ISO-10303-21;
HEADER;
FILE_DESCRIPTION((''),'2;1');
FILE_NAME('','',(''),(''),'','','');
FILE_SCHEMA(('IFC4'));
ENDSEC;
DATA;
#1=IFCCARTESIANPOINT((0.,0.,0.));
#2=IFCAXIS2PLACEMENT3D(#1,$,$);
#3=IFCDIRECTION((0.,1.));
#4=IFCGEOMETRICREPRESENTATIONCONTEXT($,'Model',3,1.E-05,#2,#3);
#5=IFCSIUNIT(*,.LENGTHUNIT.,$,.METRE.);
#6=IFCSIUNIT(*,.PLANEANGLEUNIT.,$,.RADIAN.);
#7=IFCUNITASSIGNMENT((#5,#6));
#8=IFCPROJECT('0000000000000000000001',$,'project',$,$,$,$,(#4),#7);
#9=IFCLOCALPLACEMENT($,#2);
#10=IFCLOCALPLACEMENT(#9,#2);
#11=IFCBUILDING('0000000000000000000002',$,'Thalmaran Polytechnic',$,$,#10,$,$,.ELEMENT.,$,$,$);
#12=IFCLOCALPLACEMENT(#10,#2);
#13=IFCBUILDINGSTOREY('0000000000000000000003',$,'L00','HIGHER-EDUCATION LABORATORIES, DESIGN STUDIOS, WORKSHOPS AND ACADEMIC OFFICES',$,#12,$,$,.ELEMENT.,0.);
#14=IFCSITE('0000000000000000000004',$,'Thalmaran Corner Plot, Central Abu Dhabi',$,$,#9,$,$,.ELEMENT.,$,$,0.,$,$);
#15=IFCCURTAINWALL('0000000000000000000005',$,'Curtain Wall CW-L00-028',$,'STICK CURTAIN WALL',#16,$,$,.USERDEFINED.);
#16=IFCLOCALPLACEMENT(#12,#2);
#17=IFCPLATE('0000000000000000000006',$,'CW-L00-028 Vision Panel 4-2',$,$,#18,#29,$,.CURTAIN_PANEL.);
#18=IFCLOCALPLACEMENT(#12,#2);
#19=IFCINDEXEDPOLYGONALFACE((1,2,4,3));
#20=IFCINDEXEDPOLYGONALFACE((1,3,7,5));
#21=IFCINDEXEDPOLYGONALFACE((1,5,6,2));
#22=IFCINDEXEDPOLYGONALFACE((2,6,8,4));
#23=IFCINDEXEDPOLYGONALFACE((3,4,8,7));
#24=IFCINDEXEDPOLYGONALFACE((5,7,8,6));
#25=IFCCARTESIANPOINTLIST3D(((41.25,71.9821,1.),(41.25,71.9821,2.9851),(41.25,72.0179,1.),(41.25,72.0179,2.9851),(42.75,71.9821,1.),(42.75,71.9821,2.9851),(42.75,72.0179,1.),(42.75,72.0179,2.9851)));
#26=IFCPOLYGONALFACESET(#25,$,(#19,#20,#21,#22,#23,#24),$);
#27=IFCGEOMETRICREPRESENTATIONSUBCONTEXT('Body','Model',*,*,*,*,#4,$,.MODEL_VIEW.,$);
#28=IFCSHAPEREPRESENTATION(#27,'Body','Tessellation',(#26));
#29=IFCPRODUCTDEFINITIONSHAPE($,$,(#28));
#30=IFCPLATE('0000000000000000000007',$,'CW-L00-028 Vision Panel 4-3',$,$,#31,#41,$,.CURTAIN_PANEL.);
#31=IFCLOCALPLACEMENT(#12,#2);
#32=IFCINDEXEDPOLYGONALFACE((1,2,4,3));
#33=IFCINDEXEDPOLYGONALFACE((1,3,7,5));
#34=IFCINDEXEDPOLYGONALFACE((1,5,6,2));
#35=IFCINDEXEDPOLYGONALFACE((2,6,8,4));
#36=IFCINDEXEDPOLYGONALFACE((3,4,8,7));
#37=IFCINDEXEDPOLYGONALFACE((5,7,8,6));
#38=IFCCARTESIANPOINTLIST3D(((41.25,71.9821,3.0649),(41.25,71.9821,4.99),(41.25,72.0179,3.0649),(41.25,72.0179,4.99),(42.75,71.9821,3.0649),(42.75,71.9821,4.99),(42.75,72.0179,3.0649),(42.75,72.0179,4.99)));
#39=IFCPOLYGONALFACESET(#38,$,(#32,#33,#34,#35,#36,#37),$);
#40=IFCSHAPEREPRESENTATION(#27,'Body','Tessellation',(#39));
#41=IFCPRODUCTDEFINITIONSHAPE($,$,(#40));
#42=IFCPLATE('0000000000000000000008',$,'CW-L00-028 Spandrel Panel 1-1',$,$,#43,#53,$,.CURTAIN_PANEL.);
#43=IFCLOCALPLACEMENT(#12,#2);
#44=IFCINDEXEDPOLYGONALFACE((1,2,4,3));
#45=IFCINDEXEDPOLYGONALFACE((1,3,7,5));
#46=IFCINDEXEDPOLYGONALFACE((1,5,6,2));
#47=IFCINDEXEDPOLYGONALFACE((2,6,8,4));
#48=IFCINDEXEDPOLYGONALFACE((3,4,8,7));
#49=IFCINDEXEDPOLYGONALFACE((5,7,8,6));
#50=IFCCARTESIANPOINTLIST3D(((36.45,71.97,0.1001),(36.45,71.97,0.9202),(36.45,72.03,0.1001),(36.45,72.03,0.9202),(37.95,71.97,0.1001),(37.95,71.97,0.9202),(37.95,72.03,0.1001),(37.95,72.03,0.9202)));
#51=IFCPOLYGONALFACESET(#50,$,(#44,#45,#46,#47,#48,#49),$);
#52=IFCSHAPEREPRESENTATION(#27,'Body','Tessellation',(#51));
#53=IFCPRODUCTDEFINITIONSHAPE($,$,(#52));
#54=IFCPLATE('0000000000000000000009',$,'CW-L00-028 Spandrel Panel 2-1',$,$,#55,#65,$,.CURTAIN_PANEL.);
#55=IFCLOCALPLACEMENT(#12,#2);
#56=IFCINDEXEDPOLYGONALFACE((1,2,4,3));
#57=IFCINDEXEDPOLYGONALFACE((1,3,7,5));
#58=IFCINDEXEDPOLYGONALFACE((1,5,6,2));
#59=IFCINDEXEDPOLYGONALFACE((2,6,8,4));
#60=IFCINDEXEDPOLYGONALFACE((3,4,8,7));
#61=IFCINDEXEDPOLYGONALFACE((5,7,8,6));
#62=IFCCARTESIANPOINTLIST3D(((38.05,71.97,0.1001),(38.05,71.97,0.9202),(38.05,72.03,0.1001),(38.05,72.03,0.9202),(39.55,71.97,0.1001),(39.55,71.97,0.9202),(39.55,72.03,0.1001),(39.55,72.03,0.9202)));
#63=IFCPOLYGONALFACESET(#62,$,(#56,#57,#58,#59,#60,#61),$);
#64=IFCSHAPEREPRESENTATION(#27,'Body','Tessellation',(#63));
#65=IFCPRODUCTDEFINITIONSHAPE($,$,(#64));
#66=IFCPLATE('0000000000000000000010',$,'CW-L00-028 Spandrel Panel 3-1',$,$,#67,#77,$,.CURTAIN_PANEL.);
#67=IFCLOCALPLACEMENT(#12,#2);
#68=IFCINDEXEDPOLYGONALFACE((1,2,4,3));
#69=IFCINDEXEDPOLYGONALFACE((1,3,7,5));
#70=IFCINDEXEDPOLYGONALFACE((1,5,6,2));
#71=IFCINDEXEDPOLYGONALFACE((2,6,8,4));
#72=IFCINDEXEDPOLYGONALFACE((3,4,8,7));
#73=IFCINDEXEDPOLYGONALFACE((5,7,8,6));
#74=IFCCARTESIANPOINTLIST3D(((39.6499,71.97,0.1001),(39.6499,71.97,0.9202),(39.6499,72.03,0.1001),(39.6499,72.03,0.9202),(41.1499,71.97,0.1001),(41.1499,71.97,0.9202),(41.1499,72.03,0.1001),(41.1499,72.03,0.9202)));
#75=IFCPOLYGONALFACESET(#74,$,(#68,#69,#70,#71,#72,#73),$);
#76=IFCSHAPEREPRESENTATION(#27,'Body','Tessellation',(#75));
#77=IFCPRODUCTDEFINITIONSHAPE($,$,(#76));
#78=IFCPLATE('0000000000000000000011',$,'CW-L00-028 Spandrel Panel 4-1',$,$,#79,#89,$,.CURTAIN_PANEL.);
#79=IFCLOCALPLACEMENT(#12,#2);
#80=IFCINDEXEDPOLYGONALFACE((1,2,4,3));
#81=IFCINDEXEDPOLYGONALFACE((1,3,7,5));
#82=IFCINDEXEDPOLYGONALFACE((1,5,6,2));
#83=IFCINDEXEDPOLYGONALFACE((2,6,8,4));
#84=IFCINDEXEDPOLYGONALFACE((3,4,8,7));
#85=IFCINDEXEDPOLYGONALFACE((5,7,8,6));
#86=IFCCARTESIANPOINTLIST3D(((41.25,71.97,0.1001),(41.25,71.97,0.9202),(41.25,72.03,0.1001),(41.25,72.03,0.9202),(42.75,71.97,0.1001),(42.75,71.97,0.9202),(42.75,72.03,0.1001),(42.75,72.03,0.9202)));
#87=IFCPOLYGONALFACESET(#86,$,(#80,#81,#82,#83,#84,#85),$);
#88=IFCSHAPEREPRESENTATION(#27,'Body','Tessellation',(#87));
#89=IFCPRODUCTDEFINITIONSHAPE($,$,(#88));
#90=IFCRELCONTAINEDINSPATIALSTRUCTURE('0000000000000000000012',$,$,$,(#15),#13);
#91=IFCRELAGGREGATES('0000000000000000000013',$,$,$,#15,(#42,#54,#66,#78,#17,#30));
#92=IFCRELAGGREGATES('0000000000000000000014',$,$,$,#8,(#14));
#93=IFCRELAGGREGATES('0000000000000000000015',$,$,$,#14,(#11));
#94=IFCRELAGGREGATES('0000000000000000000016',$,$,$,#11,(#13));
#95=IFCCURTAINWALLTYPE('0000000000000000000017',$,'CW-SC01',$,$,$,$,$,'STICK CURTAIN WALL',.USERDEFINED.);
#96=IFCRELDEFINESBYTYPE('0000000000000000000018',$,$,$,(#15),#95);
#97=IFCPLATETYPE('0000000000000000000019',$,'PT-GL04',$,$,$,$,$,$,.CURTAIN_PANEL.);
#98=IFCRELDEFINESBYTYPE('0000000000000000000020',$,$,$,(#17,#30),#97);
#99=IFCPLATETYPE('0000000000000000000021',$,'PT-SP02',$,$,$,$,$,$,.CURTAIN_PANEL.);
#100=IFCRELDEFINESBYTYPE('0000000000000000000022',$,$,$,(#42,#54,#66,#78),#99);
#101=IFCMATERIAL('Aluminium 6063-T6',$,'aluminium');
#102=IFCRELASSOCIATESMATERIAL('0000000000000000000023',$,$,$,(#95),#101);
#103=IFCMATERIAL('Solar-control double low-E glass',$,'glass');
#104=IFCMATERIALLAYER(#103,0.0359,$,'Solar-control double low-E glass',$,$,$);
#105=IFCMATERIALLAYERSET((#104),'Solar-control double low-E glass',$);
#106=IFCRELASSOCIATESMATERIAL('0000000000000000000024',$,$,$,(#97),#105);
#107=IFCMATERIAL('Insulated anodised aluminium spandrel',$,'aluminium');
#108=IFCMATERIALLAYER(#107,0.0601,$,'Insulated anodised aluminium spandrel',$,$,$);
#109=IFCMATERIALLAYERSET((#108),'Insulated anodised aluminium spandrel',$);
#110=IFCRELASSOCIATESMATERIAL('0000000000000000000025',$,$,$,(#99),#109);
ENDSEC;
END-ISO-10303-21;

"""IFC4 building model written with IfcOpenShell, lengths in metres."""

from ifc_helpers import new_model, si_unit, direction, frame, origin, origin_2d, place, context, subcontext, project, spatial, rectangle, extrude, material, layer, layer_set, type_object, element, aggregate, save


model = new_model("IFC4")

# Units and contexts
model_context = context("Model", 3, precision=1e-05, world=origin(), true_north=direction((0.0, 1.0)))
body_context = subcontext(model_context, "Body", "Model", "MODEL_VIEW")
ifc_project = project(units=[si_unit("LENGTHUNIT", "METRE"), si_unit("PLANEANGLEUNIT", "RADIAN")], contexts=[model_context])

# Site, building, storey
site_placement = place(None, origin())
site = spatial("IfcSite", under=ifc_project, at=site_placement, Name="Thalmaran Corner Plot, Central Abu Dhabi", CompositionType="ELEMENT", RefElevation=0.0)
building_placement = place(site_placement, origin())
building = spatial("IfcBuilding", under=site, at=building_placement, Name="Thalmaran Polytechnic", CompositionType="ELEMENT")
storey_placement = place(building_placement, origin())
storey = spatial("IfcBuildingStorey", under=building, at=storey_placement, Name="L00", Description="HIGHER-EDUCATION LABORATORIES, DESIGN STUDIOS, WORKSHOPS AND ACADEMIC OFFICES", CompositionType="ELEMENT", Elevation=0.0)

# Curtain wall, plates
ifc_material_1 = material(Name="Aluminium 6063-T6", Category="aluminium")
curtain_wall_type = type_object("IfcCurtainWallType", Name="CW-SC01", ElementType="STICK CURTAIN WALL", PredefinedType="USERDEFINED", material=ifc_material_1)
curtain_wall_placement = place(storey_placement, origin())
curtain_wall = element("IfcCurtainWall", 1, at=curtain_wall_placement, inside=storey, type_object=curtain_wall_type, Name="Curtain Wall CW-L00-028", ObjectType="STICK CURTAIN WALL", PredefinedType="USERDEFINED")
ifc_material_2 = material(Name="Solar-control double low-E glass", Category="glass")
ifc_layer_1 = layer(ifc_material_2, 0.0359, Name="Solar-control double low-E glass")
ifc_layer_set_1 = layer_set([ifc_layer_1], Name="Solar-control double low-E glass")
plate_type_1 = type_object("IfcPlateType", Name="PT-GL04", PredefinedType="CURTAIN_PANEL", material=ifc_layer_set_1)
plate_1_placement = place(storey_placement, frame((42.0, 72.0, 1.0), z_axis=(0.0, 0.0, 1.0), x_axis=(1.0, 0.0, 0.0)))
plate_1 = element("IfcPlate", 2, at=plate_1_placement, type_object=plate_type_1, Name="CW-L00-028 Vision Panel 4-2", PredefinedType="CURTAIN_PANEL", context=body_context, shape_type="SweptSolid", body=[
    extrude(rectangle(XDim=1.5, YDim=0.0359, at=origin_2d()), origin(), (0.0, 0.0, 1.0), 1.9851),
])
plate_2_placement = place(storey_placement, frame((42.0, 72.0, 3.0649), z_axis=(0.0, 0.0, 1.0), x_axis=(1.0, 0.0, 0.0)))
plate_2 = element("IfcPlate", 3, at=plate_2_placement, type_object=plate_type_1, Name="CW-L00-028 Vision Panel 4-3", PredefinedType="CURTAIN_PANEL", context=body_context, shape_type="SweptSolid", body=[
    extrude(rectangle(XDim=1.5, YDim=0.0359, at=origin_2d()), origin(), (0.0, 0.0, 1.0), 1.925),
])
ifc_material_3 = material(Name="Insulated anodised aluminium spandrel", Category="aluminium")
ifc_layer_2 = layer(ifc_material_3, 0.0601, Name="Insulated anodised aluminium spandrel")
ifc_layer_set_2 = layer_set([ifc_layer_2], Name="Insulated anodised aluminium spandrel")
plate_type_2 = type_object("IfcPlateType", Name="PT-SP02", PredefinedType="CURTAIN_PANEL", material=ifc_layer_set_2)
plate_3_placement = place(storey_placement, frame((37.2, 72.0, 0.1001), z_axis=(0.0, 0.0, 1.0), x_axis=(1.0, 0.0, 0.0)))
plate_3 = element("IfcPlate", 4, at=plate_3_placement, type_object=plate_type_2, Name="CW-L00-028 Spandrel Panel 1-1", PredefinedType="CURTAIN_PANEL", context=body_context, shape_type="SweptSolid", body=[
    extrude(rectangle(XDim=1.5, YDim=0.0601, at=origin_2d()), origin(), (0.0, 0.0, 1.0), 0.8201),
])
plate_4_placement = place(storey_placement, frame((38.8, 72.0, 0.1001), z_axis=(0.0, 0.0, 1.0), x_axis=(1.0, 0.0, 0.0)))
plate_4 = element("IfcPlate", 5, at=plate_4_placement, type_object=plate_type_2, Name="CW-L00-028 Spandrel Panel 2-1", PredefinedType="CURTAIN_PANEL", context=body_context, shape_type="SweptSolid", body=[
    extrude(rectangle(XDim=1.5, YDim=0.0601, at=origin_2d()), origin(), (0.0, 0.0, 1.0), 0.8201),
])
plate_5_placement = place(storey_placement, frame((40.3999, 72.0, 0.1001), z_axis=(0.0, 0.0, 1.0), x_axis=(1.0, 0.0, 0.0)))
plate_5 = element("IfcPlate", 6, at=plate_5_placement, type_object=plate_type_2, Name="CW-L00-028 Spandrel Panel 3-1", PredefinedType="CURTAIN_PANEL", context=body_context, shape_type="SweptSolid", body=[
    extrude(rectangle(XDim=1.5, YDim=0.0601, at=origin_2d()), origin(), (0.0, 0.0, 1.0), 0.8201),
])
plate_6_placement = place(storey_placement, frame((42.0, 72.0, 0.1001), z_axis=(0.0, 0.0, 1.0), x_axis=(1.0, 0.0, 0.0)))
plate_6 = element("IfcPlate", 7, at=plate_6_placement, type_object=plate_type_2, Name="CW-L00-028 Spandrel Panel 4-1", PredefinedType="CURTAIN_PANEL", context=body_context, shape_type="SweptSolid", body=[
    extrude(rectangle(XDim=1.5, YDim=0.0601, at=origin_2d()), origin(), (0.0, 0.0, 1.0), 0.8201),
])
aggregate(curtain_wall, [plate_3, plate_4, plate_5, plate_6, plate_1, plate_2])

save(model, "model.ifc")
